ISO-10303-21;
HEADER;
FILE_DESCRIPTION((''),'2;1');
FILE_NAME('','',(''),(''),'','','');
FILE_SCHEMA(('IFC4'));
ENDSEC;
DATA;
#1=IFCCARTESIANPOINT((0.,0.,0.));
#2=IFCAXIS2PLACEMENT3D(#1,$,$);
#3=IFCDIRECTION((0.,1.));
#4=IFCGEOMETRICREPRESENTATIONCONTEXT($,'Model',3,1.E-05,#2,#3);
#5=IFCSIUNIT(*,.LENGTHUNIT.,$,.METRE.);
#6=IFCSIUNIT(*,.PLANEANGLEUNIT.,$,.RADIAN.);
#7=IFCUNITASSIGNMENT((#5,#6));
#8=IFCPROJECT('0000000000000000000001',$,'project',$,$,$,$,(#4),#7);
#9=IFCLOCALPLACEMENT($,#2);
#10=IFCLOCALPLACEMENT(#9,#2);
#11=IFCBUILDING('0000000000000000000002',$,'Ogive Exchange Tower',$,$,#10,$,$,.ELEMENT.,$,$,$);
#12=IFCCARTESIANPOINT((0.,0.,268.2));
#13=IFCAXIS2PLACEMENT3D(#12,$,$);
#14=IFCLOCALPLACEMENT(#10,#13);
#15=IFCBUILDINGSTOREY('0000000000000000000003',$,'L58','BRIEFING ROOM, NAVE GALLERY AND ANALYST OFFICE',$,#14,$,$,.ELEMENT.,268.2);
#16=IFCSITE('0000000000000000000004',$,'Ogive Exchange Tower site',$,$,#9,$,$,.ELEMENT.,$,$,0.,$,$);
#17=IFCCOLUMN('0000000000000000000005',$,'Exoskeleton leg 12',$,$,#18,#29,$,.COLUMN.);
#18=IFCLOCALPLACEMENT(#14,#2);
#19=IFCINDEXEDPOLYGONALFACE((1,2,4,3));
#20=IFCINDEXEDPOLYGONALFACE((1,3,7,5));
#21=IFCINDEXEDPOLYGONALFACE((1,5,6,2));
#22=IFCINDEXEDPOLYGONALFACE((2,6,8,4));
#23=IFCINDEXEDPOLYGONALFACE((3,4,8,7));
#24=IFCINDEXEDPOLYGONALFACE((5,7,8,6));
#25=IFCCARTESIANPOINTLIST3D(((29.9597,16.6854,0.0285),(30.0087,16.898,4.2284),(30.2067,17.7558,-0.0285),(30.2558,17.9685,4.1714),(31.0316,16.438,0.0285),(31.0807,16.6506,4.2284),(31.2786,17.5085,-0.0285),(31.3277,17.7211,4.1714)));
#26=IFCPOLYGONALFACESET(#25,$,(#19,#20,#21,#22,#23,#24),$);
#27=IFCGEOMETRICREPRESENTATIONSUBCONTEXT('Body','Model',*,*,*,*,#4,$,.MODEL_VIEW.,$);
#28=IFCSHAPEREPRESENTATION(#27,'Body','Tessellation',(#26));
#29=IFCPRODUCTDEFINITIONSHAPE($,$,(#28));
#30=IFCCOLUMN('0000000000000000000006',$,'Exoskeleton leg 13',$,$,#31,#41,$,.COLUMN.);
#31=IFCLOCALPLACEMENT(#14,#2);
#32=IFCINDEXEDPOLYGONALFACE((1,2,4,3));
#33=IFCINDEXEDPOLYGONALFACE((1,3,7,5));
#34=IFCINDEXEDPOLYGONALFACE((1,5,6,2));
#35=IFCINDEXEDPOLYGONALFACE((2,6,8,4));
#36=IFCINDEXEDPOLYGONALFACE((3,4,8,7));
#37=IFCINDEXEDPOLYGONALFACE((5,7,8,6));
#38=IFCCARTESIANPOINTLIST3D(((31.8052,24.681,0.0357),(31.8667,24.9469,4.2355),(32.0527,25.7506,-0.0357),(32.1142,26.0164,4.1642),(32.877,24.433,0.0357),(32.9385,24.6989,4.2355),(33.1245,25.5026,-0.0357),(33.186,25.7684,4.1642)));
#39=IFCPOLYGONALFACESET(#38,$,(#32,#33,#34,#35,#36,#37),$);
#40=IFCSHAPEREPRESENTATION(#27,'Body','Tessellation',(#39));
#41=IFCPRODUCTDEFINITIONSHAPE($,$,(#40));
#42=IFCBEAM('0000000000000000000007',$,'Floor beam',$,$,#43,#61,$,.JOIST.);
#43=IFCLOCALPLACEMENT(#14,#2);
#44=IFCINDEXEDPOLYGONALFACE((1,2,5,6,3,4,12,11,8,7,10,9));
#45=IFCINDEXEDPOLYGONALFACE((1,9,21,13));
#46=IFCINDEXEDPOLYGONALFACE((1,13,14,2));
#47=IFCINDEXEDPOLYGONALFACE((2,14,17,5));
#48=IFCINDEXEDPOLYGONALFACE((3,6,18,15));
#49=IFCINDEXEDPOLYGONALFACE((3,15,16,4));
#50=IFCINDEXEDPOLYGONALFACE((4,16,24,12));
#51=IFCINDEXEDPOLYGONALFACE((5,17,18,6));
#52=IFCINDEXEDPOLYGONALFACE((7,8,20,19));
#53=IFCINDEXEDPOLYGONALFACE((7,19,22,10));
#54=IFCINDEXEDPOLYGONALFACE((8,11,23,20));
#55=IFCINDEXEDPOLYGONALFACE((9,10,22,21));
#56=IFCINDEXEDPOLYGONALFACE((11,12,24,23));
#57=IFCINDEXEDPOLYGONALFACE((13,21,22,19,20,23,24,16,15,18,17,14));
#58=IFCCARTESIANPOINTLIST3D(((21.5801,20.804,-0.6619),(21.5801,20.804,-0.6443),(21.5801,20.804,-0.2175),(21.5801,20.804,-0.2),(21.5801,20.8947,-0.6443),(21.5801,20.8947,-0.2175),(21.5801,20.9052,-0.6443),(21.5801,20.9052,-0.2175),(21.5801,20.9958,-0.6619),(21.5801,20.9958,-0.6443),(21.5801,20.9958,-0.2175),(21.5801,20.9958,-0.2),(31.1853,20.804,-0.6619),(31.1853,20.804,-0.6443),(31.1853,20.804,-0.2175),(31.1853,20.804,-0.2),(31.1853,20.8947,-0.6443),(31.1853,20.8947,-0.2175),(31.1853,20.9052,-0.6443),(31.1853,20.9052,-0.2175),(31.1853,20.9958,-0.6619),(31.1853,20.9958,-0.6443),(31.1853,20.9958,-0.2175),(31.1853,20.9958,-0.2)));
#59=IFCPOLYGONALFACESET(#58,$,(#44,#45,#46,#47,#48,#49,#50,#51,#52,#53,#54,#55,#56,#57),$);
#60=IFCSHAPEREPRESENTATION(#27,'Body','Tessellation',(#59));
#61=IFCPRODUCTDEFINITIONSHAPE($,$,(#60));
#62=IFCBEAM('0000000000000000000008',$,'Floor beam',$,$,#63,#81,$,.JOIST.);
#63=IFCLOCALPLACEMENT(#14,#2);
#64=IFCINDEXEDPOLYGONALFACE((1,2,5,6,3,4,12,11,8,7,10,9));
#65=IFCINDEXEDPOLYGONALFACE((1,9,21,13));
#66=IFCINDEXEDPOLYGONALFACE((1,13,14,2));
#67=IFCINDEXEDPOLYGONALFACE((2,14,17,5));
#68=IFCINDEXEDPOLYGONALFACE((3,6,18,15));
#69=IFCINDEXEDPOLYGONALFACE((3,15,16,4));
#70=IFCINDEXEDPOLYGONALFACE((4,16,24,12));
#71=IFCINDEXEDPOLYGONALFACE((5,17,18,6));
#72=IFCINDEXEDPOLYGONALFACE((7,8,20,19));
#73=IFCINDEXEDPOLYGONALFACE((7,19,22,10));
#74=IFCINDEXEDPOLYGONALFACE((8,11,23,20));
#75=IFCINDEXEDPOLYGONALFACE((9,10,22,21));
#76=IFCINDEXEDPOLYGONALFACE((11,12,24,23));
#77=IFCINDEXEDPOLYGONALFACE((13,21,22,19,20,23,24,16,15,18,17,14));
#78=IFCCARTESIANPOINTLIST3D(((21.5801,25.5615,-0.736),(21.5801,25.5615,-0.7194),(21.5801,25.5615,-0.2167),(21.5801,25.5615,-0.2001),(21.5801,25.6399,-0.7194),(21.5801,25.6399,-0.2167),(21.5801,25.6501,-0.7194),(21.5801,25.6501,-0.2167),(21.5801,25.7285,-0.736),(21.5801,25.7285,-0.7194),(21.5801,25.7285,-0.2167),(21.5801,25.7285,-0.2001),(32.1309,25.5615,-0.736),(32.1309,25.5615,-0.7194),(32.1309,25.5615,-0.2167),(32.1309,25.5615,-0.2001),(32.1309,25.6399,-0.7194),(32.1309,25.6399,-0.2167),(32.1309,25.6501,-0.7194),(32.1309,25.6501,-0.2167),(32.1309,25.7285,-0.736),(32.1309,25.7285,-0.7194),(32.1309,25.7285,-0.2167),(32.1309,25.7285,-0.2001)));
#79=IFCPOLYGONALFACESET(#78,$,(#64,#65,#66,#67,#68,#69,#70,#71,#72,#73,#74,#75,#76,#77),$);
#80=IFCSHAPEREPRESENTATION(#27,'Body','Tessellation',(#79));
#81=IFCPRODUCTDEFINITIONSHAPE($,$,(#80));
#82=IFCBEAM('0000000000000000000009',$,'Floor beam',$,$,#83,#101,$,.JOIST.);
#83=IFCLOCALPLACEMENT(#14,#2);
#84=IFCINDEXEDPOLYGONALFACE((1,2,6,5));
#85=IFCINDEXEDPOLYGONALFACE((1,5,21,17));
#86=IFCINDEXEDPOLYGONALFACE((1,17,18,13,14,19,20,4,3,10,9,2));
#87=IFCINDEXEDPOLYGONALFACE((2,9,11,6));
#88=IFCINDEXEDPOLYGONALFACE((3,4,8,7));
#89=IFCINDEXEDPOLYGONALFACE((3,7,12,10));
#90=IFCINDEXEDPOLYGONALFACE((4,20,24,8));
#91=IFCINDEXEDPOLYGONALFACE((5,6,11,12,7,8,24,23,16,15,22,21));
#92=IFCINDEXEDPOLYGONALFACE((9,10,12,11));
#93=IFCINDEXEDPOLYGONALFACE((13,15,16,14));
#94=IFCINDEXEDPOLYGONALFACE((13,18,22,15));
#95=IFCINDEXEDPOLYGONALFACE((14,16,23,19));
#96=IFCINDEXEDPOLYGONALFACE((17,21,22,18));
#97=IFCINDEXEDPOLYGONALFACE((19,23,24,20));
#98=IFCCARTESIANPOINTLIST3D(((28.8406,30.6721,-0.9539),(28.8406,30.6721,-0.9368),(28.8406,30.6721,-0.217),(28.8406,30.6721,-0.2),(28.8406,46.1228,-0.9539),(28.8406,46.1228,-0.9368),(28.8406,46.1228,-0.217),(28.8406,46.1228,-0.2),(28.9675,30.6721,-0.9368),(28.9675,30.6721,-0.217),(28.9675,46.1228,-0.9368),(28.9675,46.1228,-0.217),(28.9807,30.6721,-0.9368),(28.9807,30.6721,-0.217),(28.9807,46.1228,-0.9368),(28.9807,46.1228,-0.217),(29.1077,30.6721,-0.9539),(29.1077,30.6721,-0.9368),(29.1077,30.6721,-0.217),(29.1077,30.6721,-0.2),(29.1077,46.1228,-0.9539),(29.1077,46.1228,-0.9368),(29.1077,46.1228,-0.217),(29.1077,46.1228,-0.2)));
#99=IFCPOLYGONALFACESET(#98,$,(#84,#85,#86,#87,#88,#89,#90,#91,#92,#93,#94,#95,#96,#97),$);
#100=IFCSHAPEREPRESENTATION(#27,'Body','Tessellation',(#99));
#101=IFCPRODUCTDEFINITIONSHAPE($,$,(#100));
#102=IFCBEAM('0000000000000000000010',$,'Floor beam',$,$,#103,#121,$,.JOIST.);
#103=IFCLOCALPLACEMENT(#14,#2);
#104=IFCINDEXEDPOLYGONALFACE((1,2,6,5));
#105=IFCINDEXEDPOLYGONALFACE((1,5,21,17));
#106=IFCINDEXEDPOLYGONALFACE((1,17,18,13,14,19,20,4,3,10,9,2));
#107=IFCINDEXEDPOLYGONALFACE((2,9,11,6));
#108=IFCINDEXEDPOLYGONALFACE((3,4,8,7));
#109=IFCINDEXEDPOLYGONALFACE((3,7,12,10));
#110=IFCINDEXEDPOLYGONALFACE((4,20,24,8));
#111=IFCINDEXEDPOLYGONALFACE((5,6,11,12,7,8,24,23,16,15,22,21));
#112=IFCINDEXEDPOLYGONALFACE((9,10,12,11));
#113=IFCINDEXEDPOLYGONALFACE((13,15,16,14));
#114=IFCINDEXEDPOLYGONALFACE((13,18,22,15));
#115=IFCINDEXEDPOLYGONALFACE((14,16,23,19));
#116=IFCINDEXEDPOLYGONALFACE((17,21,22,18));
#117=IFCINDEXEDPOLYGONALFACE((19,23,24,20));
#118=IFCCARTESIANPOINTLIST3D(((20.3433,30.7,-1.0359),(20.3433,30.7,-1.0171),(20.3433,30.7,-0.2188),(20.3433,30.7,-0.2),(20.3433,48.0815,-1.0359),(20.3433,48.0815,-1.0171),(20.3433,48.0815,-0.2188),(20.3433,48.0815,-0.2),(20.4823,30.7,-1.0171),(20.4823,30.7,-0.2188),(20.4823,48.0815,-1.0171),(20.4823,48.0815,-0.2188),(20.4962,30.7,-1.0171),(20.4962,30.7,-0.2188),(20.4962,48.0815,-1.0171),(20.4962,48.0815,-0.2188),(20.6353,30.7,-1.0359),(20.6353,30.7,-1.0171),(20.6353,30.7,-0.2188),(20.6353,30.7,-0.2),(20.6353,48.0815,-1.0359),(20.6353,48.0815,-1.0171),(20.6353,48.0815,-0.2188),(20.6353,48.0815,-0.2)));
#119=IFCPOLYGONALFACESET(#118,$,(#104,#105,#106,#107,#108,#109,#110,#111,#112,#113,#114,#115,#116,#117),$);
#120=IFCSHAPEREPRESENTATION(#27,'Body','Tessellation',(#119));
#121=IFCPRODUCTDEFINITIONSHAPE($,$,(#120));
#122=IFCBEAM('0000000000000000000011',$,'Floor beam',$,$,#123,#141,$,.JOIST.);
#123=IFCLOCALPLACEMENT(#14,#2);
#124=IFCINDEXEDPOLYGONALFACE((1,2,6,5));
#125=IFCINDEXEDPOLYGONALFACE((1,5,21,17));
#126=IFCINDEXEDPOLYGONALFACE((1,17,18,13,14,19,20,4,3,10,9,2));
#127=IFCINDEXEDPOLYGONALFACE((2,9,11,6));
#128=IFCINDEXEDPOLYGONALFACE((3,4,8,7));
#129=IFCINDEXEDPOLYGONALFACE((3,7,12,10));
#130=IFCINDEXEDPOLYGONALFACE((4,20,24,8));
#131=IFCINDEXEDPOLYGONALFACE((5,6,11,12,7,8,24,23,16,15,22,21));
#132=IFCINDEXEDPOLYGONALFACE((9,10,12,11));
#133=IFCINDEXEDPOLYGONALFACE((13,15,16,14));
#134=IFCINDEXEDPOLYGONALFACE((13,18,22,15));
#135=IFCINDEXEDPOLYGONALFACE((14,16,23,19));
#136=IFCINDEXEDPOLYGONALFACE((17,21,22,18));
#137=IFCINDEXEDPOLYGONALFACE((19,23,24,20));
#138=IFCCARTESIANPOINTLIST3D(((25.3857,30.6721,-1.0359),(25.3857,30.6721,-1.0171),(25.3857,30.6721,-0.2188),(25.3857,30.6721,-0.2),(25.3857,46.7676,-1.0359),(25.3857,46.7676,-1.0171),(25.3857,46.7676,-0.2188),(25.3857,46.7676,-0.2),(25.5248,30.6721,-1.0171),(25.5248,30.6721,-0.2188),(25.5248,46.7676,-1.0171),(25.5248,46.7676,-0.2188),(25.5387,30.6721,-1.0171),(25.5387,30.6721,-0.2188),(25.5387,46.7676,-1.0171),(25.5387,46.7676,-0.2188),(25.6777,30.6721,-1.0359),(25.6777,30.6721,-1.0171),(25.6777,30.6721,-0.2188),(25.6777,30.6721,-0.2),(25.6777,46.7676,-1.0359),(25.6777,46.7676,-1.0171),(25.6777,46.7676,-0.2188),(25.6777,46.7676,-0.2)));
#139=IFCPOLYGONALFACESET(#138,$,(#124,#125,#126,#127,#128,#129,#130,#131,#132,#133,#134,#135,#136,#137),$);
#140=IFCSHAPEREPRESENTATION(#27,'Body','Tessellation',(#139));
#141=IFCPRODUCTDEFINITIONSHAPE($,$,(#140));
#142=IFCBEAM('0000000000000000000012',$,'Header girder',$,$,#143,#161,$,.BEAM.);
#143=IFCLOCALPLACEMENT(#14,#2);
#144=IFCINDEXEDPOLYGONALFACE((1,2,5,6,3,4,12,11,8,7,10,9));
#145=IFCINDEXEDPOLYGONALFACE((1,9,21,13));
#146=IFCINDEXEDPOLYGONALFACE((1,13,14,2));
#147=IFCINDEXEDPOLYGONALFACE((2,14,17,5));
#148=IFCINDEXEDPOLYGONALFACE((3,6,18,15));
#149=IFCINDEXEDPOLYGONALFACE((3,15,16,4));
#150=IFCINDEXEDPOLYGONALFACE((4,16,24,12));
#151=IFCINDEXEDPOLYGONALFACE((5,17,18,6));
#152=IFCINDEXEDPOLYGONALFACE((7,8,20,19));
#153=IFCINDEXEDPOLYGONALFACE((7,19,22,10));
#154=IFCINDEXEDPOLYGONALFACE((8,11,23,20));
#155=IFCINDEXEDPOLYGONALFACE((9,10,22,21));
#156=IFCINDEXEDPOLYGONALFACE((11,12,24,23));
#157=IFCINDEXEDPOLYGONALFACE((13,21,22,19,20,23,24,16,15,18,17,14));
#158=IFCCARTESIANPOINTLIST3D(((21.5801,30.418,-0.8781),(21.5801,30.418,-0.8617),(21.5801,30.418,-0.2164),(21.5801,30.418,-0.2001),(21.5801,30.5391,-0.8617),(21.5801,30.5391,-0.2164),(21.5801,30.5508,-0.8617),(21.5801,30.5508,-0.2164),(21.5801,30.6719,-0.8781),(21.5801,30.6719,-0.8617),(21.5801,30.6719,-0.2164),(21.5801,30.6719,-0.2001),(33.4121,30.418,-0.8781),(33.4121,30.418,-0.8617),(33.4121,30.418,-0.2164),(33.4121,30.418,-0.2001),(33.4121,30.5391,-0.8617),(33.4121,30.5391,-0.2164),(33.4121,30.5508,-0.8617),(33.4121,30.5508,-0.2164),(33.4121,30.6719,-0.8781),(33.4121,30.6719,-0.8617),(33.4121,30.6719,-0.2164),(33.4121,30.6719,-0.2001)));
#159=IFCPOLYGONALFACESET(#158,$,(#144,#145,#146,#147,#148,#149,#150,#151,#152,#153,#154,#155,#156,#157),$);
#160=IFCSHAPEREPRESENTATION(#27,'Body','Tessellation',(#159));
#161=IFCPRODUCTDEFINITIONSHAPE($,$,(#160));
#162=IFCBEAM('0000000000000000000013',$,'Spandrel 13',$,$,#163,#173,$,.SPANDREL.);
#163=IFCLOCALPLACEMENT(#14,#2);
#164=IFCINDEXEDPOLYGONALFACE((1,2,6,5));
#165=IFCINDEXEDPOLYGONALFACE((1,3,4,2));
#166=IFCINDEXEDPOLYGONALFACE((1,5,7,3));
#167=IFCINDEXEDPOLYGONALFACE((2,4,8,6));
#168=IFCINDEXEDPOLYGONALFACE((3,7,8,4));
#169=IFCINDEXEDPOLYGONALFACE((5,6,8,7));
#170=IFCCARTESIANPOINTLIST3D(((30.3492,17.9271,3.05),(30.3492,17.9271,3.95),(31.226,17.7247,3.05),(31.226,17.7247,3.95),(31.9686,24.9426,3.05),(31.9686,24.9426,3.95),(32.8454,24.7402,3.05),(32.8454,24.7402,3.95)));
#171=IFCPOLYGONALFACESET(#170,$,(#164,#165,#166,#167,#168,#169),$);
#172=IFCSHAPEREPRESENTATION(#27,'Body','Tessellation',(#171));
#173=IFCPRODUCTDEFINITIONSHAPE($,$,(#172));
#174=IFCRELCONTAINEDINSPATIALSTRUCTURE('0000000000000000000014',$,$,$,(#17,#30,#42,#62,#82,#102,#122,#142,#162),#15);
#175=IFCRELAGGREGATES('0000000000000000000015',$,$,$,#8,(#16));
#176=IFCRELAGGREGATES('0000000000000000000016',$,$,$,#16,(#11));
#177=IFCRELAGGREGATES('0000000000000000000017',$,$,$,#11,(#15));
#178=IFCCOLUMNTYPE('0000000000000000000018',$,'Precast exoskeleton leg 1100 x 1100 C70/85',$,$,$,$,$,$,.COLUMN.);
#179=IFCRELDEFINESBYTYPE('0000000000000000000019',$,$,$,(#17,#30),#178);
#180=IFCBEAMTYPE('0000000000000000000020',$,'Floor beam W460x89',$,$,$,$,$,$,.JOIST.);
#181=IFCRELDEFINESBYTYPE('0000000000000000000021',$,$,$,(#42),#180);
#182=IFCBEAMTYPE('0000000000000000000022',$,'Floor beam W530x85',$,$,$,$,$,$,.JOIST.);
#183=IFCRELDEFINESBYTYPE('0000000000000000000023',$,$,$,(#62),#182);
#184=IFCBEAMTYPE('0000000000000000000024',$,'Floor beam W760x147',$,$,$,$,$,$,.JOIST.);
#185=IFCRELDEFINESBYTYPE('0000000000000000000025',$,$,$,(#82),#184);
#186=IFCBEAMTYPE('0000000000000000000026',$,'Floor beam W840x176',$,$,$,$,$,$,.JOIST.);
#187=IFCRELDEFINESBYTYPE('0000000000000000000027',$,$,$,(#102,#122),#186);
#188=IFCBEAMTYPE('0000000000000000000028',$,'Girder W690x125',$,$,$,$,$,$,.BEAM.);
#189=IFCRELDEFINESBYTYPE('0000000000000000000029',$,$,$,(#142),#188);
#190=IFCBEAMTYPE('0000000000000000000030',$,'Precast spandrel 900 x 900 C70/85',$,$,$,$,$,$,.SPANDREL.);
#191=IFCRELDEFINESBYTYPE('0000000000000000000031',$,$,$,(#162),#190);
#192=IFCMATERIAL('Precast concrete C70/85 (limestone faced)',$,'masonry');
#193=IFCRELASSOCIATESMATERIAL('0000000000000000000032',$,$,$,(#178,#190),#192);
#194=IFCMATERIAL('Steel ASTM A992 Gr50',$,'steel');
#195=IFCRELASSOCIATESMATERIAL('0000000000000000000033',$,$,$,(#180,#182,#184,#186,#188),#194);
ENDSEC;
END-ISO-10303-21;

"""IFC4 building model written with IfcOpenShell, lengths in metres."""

from ifc_helpers import new_model, si_unit, direction, frame, origin, origin_2d, place, context, subcontext, project, spatial, rectangle, i_section, extrude, material, material_profile, profile_set, type_object, element, save


model = new_model("IFC4")

# Units and contexts
model_context = context("Model", 3, precision=1e-05, world=origin(), true_north=direction((0.0, 1.0)))
body_context = subcontext(model_context, "Body", "Model", "MODEL_VIEW")
ifc_project = project(units=[si_unit("LENGTHUNIT", "METRE"), si_unit("PLANEANGLEUNIT", "RADIAN")], contexts=[model_context])

# Site, building, storey
site_placement = place(None, origin())
site = spatial("IfcSite", under=ifc_project, at=site_placement, Name="Ogive Exchange Tower site", CompositionType="ELEMENT", RefElevation=0.0)
building_placement = place(site_placement, origin())
building = spatial("IfcBuilding", under=site, at=building_placement, Name="Ogive Exchange Tower", CompositionType="ELEMENT")
storey_placement = place(building_placement, frame((0.0, 0.0, 268.2)))
storey = spatial("IfcBuildingStorey", under=building, at=storey_placement, Name="L58", Description="BRIEFING ROOM, NAVE GALLERY AND ANALYST OFFICE", CompositionType="ELEMENT", Elevation=268.2)

# Columns
ifc_material_1 = material(Name="Precast concrete C70/85 (limestone faced)", Category="masonry")
ifc_material_profile_1 = material_profile(ifc_material_1, rectangle(XDim=1.1001, YDim=1.1001, at=origin_2d()), Name="1100 x 1100")
ifc_profile_set_1 = profile_set([ifc_material_profile_1], Name="Precast concrete C70/85 (limestone faced)")
column_type = type_object("IfcColumnType", Name="Precast exoskeleton leg 1100 x 1100 C70/85", PredefinedType="COLUMN", material=ifc_profile_set_1)
column_1_placement = place(storey_placement, frame((30.6191, 17.0969, 0.0), z_axis=(0.011668, 0.050562, 0.998653), x_axis=(-0.974391, 0.22486, 0.0)))
element("IfcColumn", 1, at=column_1_placement, inside=storey, type_object=column_type, Name="Exoskeleton leg 12", PredefinedType="COLUMN", context=body_context, shape_type="SweptSolid", body=[
    extrude(rectangle(XDim=1.1001, YDim=1.1001, at=origin_2d()), origin(), (0.0, 0.0, 1.0), 4.2056),
])
column_2_placement = place(storey_placement, frame((32.4648, 25.0918, 0.0), z_axis=(0.014618, 0.06317, 0.997896), x_axis=(-0.974255, 0.225448, 0.0)))
element("IfcColumn", 2, at=column_2_placement, inside=storey, type_object=column_type, Name="Exoskeleton leg 13", PredefinedType="COLUMN", context=body_context, shape_type="SweptSolid", body=[
    extrude(rectangle(XDim=1.1001, YDim=1.1001, at=origin_2d()), origin(), (0.0, 0.0, 1.0), 4.2087),
])

# Beams
ifc_material_2 = material(Name="Steel ASTM A992 Gr50", Category="steel")
ifc_material_profile_2 = material_profile(ifc_material_2, i_section(OverallWidth=0.1919, OverallDepth=0.4619, WebThickness=0.0105, FlangeThickness=0.0176, at=origin_2d()), Name="W460x89")
ifc_profile_set_2 = profile_set([ifc_material_profile_2], Name="Steel ASTM A992 Gr50")
beam_type_1 = type_object("IfcBeamType", Name="Floor beam W460x89", PredefinedType="JOIST", material=ifc_profile_set_2)
beam_1_placement = place(storey_placement, frame((21.5801, 20.8999, -0.4309), z_axis=(1.0, 0.0, 0.0), x_axis=(0.0, 1.0, 0.0)))
element("IfcBeam", 3, at=beam_1_placement, inside=storey, type_object=beam_type_1, Name="Floor beam", PredefinedType="JOIST", context=body_context, shape_type="SweptSolid", body=[
    extrude(i_section(OverallWidth=0.1919, OverallDepth=0.4619, WebThickness=0.0105, FlangeThickness=0.0176, at=origin_2d()), origin(), (0.0, 0.0, 1.0), 9.6052),
])
ifc_material_profile_3 = material_profile(ifc_material_2, i_section(OverallWidth=0.167, OverallDepth=0.5359, WebThickness=0.0103, FlangeThickness=0.0166, at=origin_2d()), Name="W530x85")
ifc_profile_set_3 = profile_set([ifc_material_profile_3], Name="Steel ASTM A992 Gr50")
beam_type_2 = type_object("IfcBeamType", Name="Floor beam W530x85", PredefinedType="JOIST", material=ifc_profile_set_3)
beam_2_placement = place(storey_placement, frame((21.5801, 25.645, -0.468), z_axis=(1.0, 0.0, 0.0), x_axis=(0.0, 1.0, 0.0)))
element("IfcBeam", 4, at=beam_2_placement, inside=storey, type_object=beam_type_2, Name="Floor beam", PredefinedType="JOIST", context=body_context, shape_type="SweptSolid", body=[
    extrude(i_section(OverallWidth=0.167, OverallDepth=0.5359, WebThickness=0.0103, FlangeThickness=0.0166, at=origin_2d()), origin(), (0.0, 0.0, 1.0), 10.5508),
])
ifc_material_profile_4 = material_profile(ifc_material_2, i_section(OverallWidth=0.2671, OverallDepth=0.7539, WebThickness=0.0132, FlangeThickness=0.0171, at=origin_2d()), Name="W760x147")
ifc_profile_set_4 = profile_set([ifc_material_profile_4], Name="Steel ASTM A992 Gr50")
beam_type_3 = type_object("IfcBeamType", Name="Floor beam W760x147", PredefinedType="JOIST", material=ifc_profile_set_4)
beam_3_placement = place(storey_placement, frame((28.9741, 30.6721, -0.5769), z_axis=(0.0, 1.0, 0.0), x_axis=(-1.0, 0.0, 0.0)))
element("IfcBeam", 5, at=beam_3_placement, inside=storey, type_object=beam_type_3, Name="Floor beam", PredefinedType="JOIST", context=body_context, shape_type="SweptSolid", body=[
    extrude(i_section(OverallWidth=0.2671, OverallDepth=0.7539, WebThickness=0.0132, FlangeThickness=0.0171, at=origin_2d()), origin(), (0.0, 0.0, 1.0), 15.4507),
])
ifc_material_profile_5 = material_profile(ifc_material_2, i_section(OverallWidth=0.292, OverallDepth=0.8359, WebThickness=0.0139, FlangeThickness=0.0188, at=origin_2d()), Name="W840x176")
ifc_profile_set_5 = profile_set([ifc_material_profile_5], Name="Steel ASTM A992 Gr50")
beam_type_4 = type_object("IfcBeamType", Name="Floor beam W840x176", PredefinedType="JOIST", material=ifc_profile_set_5)
beam_4_placement = place(storey_placement, frame((20.4893, 30.7, -0.6179), z_axis=(0.0, 1.0, 0.0), x_axis=(-1.0, 0.0, 0.0)))
element("IfcBeam", 6, at=beam_4_placement, inside=storey, type_object=beam_type_4, Name="Floor beam", PredefinedType="JOIST", context=body_context, shape_type="SweptSolid", body=[
    extrude(i_section(OverallWidth=0.292, OverallDepth=0.8359, WebThickness=0.0139, FlangeThickness=0.0188, at=origin_2d()), origin(), (0.0, 0.0, 1.0), 17.3816),
])
beam_5_placement = place(storey_placement, frame((25.5317, 30.6721, -0.6179), z_axis=(0.0, 1.0, 0.0), x_axis=(-1.0, 0.0, 0.0)))
element("IfcBeam", 7, at=beam_5_placement, inside=storey, type_object=beam_type_4, Name="Floor beam", PredefinedType="JOIST", context=body_context, shape_type="SweptSolid", body=[
    extrude(i_section(OverallWidth=0.292, OverallDepth=0.8359, WebThickness=0.0139, FlangeThickness=0.0188, at=origin_2d()), origin(), (0.0, 0.0, 1.0), 16.0955),
])
ifc_material_profile_6 = material_profile(ifc_material_2, i_section(OverallWidth=0.2539, OverallDepth=0.678, WebThickness=0.0117, FlangeThickness=0.0164, at=origin_2d()), Name="W690x125")
ifc_profile_set_6 = profile_set([ifc_material_profile_6], Name="Steel ASTM A992 Gr50")
beam_type_5 = type_object("IfcBeamType", Name="Girder W690x125", PredefinedType="BEAM", material=ifc_profile_set_6)
beam_6_placement = place(storey_placement, frame((21.5801, 30.5449, -0.5391), z_axis=(1.0, 0.0, 0.0), x_axis=(0.0, 1.0, 0.0)))
element("IfcBeam", 8, at=beam_6_placement, inside=storey, type_object=beam_type_5, Name="Header girder", PredefinedType="BEAM", context=body_context, shape_type="SweptSolid", body=[
    extrude(i_section(OverallWidth=0.2539, OverallDepth=0.678, WebThickness=0.0117, FlangeThickness=0.0164, at=origin_2d()), origin(), (0.0, 0.0, 1.0), 11.832),
])
ifc_material_profile_7 = material_profile(ifc_material_1, rectangle(XDim=0.8999, YDim=0.8999, at=origin_2d()), Name="900 x 900")
ifc_profile_set_7 = profile_set([ifc_material_profile_7], Name="Precast concrete C70/85 (limestone faced)")
beam_type_6 = type_object("IfcBeamType", Name="Precast spandrel 900 x 900 C70/85", PredefinedType="SPANDREL", material=ifc_profile_set_7)
for number, where, z_axis, x_axis, name in (
    (9, (30.7876, 17.8259, 3.5), (0.224919, 0.974377, 0.0), (-0.974377, 0.224919, 0.0), "Spandrel 13"),
):
    element("IfcBeam", number, at=place(storey_placement, frame(where, z_axis=z_axis, x_axis=x_axis)), inside=storey, type_object=beam_type_6, Name=name, PredefinedType="SPANDREL", context=body_context, shape_type="SweptSolid", body=[
        extrude(rectangle(XDim=0.8999, YDim=0.8999, at=origin_2d()), origin(), (0.0, 0.0, 1.0), 7.2),
    ])

save(model, "model.ifc")
